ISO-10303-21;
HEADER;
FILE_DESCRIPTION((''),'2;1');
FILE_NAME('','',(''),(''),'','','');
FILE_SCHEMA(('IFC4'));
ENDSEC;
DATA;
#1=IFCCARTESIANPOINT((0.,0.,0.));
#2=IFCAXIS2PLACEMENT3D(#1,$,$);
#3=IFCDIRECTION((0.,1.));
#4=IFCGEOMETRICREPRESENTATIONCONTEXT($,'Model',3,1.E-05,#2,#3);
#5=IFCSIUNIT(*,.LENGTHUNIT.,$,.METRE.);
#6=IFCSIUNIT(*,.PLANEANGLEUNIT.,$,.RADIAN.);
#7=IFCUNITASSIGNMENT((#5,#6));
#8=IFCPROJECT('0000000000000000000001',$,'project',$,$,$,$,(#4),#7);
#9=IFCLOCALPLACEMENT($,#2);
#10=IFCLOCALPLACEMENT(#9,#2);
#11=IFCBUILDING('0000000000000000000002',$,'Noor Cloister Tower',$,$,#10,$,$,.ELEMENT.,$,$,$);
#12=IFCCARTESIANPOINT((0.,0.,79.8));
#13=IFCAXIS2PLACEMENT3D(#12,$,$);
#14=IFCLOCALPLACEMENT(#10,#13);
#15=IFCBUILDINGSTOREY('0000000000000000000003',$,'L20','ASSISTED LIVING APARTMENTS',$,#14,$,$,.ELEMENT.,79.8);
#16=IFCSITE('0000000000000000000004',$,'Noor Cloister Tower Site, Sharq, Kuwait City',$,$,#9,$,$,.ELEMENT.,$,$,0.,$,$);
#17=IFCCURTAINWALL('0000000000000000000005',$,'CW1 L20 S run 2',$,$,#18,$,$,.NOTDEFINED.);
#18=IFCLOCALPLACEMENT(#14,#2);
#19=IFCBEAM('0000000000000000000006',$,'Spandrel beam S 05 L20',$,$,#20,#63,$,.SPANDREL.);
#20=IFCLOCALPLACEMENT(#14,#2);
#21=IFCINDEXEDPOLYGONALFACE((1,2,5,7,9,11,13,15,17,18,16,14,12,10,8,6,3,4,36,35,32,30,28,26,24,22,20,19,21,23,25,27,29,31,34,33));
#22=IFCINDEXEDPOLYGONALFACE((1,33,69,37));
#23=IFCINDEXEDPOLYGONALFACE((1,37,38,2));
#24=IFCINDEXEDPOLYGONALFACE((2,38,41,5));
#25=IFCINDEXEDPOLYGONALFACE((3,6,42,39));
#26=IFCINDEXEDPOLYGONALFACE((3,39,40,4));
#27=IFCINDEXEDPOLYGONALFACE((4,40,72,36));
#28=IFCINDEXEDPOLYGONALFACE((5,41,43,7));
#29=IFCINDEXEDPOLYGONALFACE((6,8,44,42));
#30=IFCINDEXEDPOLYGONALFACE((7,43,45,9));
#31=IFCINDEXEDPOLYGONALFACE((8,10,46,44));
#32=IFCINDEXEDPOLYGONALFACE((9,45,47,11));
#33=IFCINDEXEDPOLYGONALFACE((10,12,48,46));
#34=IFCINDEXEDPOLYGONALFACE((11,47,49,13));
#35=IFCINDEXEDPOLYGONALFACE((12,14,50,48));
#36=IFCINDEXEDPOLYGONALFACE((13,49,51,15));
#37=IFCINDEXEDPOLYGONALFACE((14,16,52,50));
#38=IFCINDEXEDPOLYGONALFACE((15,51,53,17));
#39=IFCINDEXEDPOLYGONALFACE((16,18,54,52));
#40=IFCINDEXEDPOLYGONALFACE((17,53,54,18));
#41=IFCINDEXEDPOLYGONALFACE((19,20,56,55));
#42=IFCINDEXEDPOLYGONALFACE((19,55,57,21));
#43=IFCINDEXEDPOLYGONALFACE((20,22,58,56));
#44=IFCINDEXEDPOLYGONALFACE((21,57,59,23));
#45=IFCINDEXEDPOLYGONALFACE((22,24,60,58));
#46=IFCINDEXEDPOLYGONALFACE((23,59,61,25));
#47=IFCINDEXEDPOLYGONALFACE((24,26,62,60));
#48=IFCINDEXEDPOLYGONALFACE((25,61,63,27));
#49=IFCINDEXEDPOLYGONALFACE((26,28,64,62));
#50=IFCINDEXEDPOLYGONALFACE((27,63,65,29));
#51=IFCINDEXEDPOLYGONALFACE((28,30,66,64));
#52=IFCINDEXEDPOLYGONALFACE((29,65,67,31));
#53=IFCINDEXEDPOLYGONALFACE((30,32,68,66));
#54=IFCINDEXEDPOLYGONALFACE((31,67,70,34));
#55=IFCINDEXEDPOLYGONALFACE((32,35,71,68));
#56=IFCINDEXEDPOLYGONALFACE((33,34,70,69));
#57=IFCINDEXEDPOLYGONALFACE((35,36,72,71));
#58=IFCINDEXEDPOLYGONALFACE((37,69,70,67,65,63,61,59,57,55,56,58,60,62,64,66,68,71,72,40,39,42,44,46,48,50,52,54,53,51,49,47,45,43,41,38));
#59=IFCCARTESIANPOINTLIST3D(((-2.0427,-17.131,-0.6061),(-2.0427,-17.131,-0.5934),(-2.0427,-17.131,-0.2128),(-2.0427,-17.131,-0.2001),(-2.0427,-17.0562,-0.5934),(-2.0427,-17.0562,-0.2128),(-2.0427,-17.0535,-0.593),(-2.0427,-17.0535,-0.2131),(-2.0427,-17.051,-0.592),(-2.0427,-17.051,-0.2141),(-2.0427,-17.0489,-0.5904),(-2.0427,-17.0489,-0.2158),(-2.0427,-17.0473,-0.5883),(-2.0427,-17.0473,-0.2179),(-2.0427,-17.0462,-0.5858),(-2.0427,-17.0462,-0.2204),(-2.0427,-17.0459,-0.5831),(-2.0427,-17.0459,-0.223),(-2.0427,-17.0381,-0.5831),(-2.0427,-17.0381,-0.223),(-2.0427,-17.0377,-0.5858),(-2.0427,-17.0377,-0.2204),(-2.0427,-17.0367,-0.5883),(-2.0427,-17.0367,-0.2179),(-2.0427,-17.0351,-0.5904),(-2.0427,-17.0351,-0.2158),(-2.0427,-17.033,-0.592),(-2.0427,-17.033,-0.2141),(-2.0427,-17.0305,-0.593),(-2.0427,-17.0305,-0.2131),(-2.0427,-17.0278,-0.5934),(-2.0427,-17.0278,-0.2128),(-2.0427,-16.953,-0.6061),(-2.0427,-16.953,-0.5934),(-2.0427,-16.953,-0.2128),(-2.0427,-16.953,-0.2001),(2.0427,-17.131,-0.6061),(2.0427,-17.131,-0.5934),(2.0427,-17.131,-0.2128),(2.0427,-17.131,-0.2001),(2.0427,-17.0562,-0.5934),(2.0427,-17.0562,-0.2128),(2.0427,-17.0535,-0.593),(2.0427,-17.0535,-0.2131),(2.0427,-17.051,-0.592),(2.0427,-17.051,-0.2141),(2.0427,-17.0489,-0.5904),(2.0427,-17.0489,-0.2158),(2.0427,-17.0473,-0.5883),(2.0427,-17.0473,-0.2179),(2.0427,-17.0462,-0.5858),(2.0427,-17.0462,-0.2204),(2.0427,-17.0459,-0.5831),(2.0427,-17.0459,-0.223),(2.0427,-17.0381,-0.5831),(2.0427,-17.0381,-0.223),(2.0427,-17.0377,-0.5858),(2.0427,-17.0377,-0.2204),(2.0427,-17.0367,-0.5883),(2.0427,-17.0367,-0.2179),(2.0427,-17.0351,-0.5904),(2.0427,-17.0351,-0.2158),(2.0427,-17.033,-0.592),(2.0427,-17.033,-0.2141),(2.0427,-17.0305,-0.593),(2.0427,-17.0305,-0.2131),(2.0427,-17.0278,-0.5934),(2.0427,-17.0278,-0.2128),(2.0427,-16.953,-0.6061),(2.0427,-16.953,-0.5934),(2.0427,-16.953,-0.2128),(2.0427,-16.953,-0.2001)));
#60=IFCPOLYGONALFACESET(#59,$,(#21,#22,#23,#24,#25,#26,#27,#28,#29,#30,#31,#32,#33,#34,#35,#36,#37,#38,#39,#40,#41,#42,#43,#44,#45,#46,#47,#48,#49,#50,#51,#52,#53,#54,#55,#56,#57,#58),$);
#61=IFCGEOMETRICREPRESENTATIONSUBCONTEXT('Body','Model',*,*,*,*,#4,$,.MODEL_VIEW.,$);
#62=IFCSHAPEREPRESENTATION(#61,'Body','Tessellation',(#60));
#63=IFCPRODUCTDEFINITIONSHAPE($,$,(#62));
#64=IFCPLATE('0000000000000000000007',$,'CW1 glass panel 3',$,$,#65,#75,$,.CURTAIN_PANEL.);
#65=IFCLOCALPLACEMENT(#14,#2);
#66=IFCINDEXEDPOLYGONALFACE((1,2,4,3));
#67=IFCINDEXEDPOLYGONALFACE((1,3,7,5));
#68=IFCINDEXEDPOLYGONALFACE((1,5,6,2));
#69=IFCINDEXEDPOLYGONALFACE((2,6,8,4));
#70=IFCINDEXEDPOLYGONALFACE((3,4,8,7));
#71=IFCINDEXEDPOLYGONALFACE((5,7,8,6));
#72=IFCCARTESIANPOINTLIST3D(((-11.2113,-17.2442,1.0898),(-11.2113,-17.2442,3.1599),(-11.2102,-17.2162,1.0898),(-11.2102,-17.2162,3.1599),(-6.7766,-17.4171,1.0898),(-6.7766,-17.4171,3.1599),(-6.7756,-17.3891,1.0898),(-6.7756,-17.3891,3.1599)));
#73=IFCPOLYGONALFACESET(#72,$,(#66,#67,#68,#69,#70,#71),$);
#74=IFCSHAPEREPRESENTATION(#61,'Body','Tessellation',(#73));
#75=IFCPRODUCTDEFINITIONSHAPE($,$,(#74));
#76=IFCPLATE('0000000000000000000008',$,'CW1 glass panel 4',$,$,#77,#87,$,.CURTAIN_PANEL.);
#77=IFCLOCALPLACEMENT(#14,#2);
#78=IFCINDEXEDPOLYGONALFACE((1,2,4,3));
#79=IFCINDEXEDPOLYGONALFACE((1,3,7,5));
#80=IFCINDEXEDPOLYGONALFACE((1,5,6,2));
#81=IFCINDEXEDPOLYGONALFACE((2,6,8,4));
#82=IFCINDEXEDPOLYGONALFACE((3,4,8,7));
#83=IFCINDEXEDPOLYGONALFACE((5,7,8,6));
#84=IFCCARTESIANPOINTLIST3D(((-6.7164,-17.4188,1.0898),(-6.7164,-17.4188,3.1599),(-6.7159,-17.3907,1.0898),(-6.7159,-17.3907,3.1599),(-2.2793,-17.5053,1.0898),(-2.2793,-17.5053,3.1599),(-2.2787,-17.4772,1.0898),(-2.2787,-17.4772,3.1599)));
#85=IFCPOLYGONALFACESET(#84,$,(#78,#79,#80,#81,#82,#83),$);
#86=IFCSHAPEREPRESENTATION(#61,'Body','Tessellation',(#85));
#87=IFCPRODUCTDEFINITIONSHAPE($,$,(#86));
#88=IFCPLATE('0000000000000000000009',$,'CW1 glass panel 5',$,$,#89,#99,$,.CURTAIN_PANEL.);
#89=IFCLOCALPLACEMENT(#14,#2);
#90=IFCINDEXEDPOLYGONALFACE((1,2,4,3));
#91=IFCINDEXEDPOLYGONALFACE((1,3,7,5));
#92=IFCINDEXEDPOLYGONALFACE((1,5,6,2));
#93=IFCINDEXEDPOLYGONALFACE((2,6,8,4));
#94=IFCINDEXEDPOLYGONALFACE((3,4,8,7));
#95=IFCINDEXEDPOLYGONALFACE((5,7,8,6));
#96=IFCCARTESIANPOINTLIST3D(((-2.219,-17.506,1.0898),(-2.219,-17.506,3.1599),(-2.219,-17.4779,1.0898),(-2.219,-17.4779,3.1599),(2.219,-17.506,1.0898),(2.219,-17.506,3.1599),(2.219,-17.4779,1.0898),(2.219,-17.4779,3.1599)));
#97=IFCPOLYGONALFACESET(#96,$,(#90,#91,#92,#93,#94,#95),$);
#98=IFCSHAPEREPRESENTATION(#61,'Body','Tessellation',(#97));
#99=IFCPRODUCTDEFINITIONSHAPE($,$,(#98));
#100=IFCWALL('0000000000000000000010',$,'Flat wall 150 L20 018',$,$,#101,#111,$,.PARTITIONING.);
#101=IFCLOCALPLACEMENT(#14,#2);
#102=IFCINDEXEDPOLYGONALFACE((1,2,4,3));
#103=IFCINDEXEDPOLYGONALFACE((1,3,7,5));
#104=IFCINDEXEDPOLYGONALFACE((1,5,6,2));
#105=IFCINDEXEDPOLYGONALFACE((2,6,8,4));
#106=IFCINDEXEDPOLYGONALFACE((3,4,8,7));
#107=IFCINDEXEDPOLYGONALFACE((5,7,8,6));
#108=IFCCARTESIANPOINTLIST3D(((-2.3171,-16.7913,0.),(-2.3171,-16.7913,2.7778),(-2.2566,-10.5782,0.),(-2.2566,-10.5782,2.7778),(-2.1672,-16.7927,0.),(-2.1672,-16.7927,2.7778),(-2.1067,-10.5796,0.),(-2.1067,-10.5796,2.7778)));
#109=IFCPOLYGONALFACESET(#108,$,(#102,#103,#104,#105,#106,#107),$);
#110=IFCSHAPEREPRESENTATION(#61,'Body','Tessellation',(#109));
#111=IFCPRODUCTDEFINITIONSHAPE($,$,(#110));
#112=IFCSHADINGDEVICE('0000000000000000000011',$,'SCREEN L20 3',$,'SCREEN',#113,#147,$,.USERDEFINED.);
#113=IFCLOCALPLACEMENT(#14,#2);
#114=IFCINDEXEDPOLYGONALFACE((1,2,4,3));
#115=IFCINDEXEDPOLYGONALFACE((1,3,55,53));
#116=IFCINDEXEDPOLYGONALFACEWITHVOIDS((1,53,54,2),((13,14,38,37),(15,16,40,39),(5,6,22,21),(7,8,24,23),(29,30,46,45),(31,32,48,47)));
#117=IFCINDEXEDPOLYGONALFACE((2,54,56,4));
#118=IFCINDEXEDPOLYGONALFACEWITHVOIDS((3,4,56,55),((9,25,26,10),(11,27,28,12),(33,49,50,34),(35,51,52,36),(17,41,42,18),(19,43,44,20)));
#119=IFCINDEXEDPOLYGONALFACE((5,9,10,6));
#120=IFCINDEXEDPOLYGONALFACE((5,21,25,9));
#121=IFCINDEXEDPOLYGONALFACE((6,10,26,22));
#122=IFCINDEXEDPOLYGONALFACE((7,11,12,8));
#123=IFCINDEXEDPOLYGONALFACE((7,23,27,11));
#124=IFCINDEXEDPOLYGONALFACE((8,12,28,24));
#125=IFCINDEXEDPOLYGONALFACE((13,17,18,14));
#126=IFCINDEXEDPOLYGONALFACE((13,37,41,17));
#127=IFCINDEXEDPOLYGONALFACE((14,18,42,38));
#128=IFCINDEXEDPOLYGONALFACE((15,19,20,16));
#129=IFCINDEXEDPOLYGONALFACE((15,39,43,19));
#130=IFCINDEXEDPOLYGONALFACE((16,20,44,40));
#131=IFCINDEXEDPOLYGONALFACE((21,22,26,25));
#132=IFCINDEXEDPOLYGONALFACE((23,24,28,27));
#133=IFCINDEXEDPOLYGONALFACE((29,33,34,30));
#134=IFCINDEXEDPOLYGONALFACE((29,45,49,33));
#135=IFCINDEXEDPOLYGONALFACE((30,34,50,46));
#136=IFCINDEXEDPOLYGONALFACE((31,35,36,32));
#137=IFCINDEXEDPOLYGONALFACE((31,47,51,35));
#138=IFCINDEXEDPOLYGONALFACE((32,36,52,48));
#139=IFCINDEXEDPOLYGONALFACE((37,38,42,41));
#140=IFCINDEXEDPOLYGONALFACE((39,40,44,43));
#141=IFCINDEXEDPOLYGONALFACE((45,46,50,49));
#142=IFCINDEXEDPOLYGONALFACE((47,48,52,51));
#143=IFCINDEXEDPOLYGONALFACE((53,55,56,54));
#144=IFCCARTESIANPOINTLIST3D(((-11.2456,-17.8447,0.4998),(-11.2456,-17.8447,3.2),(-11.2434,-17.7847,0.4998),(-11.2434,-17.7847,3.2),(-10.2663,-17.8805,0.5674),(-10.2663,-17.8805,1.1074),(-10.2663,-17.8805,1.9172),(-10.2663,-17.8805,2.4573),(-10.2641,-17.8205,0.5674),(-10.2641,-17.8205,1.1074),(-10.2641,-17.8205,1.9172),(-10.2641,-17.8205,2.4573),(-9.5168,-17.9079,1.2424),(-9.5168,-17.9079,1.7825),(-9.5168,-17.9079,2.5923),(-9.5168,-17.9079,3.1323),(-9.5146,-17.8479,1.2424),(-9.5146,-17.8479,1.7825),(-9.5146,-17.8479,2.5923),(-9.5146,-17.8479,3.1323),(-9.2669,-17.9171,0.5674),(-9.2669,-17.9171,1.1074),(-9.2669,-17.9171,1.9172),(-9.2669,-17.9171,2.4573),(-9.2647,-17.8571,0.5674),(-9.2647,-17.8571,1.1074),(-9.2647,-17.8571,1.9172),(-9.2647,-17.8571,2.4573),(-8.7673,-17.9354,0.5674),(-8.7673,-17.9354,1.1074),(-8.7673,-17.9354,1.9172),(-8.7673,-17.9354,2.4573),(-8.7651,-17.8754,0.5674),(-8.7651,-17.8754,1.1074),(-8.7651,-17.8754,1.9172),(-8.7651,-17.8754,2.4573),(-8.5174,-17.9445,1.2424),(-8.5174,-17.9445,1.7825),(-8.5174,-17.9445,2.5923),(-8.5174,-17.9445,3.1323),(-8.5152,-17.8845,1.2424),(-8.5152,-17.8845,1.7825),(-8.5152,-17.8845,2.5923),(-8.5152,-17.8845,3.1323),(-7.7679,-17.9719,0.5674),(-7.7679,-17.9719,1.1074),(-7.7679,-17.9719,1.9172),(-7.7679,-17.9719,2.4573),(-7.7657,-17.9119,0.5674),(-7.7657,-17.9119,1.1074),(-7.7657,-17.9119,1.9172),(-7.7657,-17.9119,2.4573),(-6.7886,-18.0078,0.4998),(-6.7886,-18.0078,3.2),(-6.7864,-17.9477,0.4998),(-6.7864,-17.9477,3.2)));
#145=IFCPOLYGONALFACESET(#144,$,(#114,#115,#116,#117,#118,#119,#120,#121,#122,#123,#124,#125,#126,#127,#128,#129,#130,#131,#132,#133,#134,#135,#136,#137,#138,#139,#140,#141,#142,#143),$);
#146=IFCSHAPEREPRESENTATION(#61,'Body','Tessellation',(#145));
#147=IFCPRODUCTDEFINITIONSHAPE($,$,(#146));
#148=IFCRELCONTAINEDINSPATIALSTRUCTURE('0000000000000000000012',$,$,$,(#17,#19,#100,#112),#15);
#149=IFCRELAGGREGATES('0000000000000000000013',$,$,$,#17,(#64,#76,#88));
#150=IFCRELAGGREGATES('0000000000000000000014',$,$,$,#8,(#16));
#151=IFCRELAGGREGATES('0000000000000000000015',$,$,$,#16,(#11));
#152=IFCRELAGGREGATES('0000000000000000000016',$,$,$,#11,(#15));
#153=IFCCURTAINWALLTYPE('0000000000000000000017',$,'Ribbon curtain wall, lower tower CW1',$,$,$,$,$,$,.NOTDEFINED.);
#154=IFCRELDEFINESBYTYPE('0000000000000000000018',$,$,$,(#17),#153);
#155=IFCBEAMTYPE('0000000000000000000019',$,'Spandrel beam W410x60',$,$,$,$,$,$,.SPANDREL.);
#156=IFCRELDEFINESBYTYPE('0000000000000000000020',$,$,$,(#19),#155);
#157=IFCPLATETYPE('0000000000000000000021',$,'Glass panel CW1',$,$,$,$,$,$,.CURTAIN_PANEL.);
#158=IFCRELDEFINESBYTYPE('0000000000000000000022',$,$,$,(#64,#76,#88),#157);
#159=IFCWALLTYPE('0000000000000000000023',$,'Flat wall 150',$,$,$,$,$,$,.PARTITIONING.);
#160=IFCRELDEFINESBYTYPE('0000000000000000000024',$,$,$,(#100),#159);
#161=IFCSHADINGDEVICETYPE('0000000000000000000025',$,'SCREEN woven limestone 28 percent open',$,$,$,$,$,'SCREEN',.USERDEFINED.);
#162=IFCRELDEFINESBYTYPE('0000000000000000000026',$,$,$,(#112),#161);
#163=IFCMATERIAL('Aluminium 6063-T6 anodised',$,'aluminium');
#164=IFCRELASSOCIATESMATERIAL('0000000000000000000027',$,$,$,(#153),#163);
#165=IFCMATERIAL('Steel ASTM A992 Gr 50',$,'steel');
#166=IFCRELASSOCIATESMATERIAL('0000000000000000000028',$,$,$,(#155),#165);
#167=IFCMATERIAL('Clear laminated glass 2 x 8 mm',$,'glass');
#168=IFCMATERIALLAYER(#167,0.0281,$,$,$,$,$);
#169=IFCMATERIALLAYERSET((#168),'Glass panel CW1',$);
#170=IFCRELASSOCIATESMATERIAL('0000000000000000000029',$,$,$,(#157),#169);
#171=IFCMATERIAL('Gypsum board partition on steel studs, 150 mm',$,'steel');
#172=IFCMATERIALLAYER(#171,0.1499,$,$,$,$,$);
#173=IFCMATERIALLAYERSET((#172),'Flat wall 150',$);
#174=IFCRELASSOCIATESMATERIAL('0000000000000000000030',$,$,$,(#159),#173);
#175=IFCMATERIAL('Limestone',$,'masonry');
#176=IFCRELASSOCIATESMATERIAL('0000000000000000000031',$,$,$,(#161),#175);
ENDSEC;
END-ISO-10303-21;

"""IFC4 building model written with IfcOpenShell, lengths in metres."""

from ifc_helpers import new_model, si_unit, direction, frame, frame_2d, origin, origin_2d, place, context, subcontext, project, spatial, polyline, rectangle, i_section, outline, extrude, material, layer, layer_set, material_profile, profile_set, type_object, element, aggregate, save


model = new_model("IFC4")

# Units and contexts
model_context = context("Model", 3, precision=1e-05, world=origin(), true_north=direction((0.0, 1.0)))
body_context = subcontext(model_context, "Body", "Model", "MODEL_VIEW")
ifc_project = project(units=[si_unit("LENGTHUNIT", "METRE"), si_unit("PLANEANGLEUNIT", "RADIAN")], contexts=[model_context])

# Site, building, storey
site_placement = place(None, origin())
site = spatial("IfcSite", under=ifc_project, at=site_placement, Name="Noor Cloister Tower Site, Sharq, Kuwait City", CompositionType="ELEMENT", RefElevation=0.0)
building_placement = place(site_placement, origin())
building = spatial("IfcBuilding", under=site, at=building_placement, Name="Noor Cloister Tower", CompositionType="ELEMENT")
storey_placement = place(building_placement, frame((0.0, 0.0, 79.8)))
storey = spatial("IfcBuildingStorey", under=building, at=storey_placement, Name="L20", Description="ASSISTED LIVING APARTMENTS", CompositionType="ELEMENT", Elevation=79.8)

# Curtain wall
ifc_material_1 = material(Name="Aluminium 6063-T6 anodised", Category="aluminium")
curtain_wall_type = type_object("IfcCurtainWallType", Name="Ribbon curtain wall, lower tower CW1", PredefinedType="NOTDEFINED", material=ifc_material_1)
curtain_wall_placement = place(storey_placement, origin())
curtain_wall = element("IfcCurtainWall", 1, at=curtain_wall_placement, inside=storey, type_object=curtain_wall_type, Name="CW1 L20 S run 2", PredefinedType="NOTDEFINED")

# Beam
ifc_material_2 = material(Name="Steel ASTM A992 Gr 50", Category="steel")
ifc_material_profile_1 = material_profile(ifc_material_2, i_section(OverallWidth=0.178, OverallDepth=0.406, WebThickness=0.0078, FlangeThickness=0.0127, FilletRadius=0.0103, at=origin_2d()), Name="W410x60")
ifc_profile_set_1 = profile_set([ifc_material_profile_1], Name="Steel ASTM A992 Gr 50")
beam_type_1 = type_object("IfcBeamType", Name="Spandrel beam W410x60", PredefinedType="SPANDREL", material=ifc_profile_set_1)
beam_1_placement = place(storey_placement, frame((-2.0427, -17.042, -0.4031), z_axis=(1.0, 0.0, 0.0), x_axis=(0.0, 1.0, 0.0)))
element("IfcBeam", 2, at=beam_1_placement, inside=storey, type_object=beam_type_1, Name="Spandrel beam S 05 L20", PredefinedType="SPANDREL", context=body_context, shape_type="SweptSolid", body=[
    extrude(i_section(OverallWidth=0.178, OverallDepth=0.406, WebThickness=0.0078, FlangeThickness=0.0127, FilletRadius=0.0103, at=origin_2d()), origin(), (0.0, 0.0, 1.0), 4.0854),
])

# Plates
ifc_material_3 = material(Name="Clear laminated glass 2 x 8 mm", Category="glass")
ifc_layer_1 = layer(ifc_material_3, 0.0281)
ifc_layer_set_1 = layer_set([ifc_layer_1], Name="Glass panel CW1")
plate_type = type_object("IfcPlateType", Name="Glass panel CW1", PredefinedType="CURTAIN_PANEL", material=ifc_layer_set_1)
plate_1_placement = place(storey_placement, frame((-8.9934, -17.3167, 1.0898), z_axis=(0.0, 0.0, 1.0), x_axis=(0.999241, -0.03895, 0.0)))
plate_1 = element("IfcPlate", 3, at=plate_1_placement, type_object=plate_type, Name="CW1 glass panel 3", PredefinedType="CURTAIN_PANEL", context=body_context, shape_type="SweptSolid", body=[
    extrude(rectangle(XDim=4.438, YDim=0.0281, at=origin_2d()), origin(), (0.0, 0.0, 1.0), 2.0701),
])
plate_2_placement = place(storey_placement, frame((-4.4976, -17.448, 1.0898), z_axis=(0.0, 0.0, 1.0), x_axis=(0.99981, -0.019479, 0.0)))
plate_2 = element("IfcPlate", 4, at=plate_2_placement, type_object=plate_type, Name="CW1 glass panel 4", PredefinedType="CURTAIN_PANEL", context=body_context, shape_type="SweptSolid", body=[
    extrude(rectangle(XDim=4.438, YDim=0.0281, at=origin_2d()), origin(), (0.0, 0.0, 1.0), 2.0701),
])
plate_3_placement = place(storey_placement, frame((0.0, -17.4919, 1.0898), z_axis=(0.0, 0.0, 1.0), x_axis=(1.0, 0.0, 0.0)))
plate_3 = element("IfcPlate", 5, at=plate_3_placement, type_object=plate_type, Name="CW1 glass panel 5", PredefinedType="CURTAIN_PANEL", context=body_context, shape_type="SweptSolid", body=[
    extrude(rectangle(XDim=4.438, YDim=0.0281, at=origin_2d()), origin(), (0.0, 0.0, 1.0), 2.0701),
])
aggregate(curtain_wall, [plate_1, plate_2, plate_3])

# Wall
ifc_material_4 = material(Name="Gypsum board partition on steel studs, 150 mm", Category="steel")
ifc_layer_2 = layer(ifc_material_4, 0.1499)
ifc_layer_set_2 = layer_set([ifc_layer_2], Name="Flat wall 150")
wall_type = type_object("IfcWallType", Name="Flat wall 150", PredefinedType="PARTITIONING", material=ifc_layer_set_2)
wall_placement = place(storey_placement, frame((-2.2422, -16.792, 0.0), z_axis=(0.0, 0.0, 1.0), x_axis=(0.009745, 0.999953, 0.0)))
element("IfcWall", 6, at=wall_placement, inside=storey, type_object=wall_type, Name="Flat wall 150 L20 018", PredefinedType="PARTITIONING", context=body_context, shape_type="SweptSolid", body=[
    extrude(rectangle(XDim=6.2134, YDim=0.1499, at=frame_2d((3.1067, 0.0))), origin(), (0.0, 0.0, 1.0), 2.7778),
])

# Shading device
ifc_material_5 = material(Name="Limestone", Category="masonry")
ifc_material_profile_2 = material_profile(ifc_material_5, outline(polyline([(-2.23, -1.3501), (2.23, -1.3501), (2.23, 1.3501), (-2.23, 1.3501), (-2.23, -1.3501)]), holes=[polyline([(-1.25, -1.2825), (-0.25, -1.2825), (-0.25, -0.7424), (-1.25, -0.7424), (-1.25, -1.2825)]), polyline([(0.25, -1.2825), (1.25, -1.2825), (1.25, -0.7424), (0.25, -0.7424), (0.25, -1.2825)]), polyline([(-0.5, -0.6074), (0.5, -0.6074), (0.5, -0.0674), (-0.5, -0.0674), (-0.5, -0.6074)]), polyline([(-1.25, 0.0674), (-0.25, 0.0674), (-0.25, 0.6074), (-1.25, 0.6074), (-1.25, 0.0674)]), polyline([(0.25, 0.0674), (1.25, 0.0674), (1.25, 0.6074), (0.25, 0.6074), (0.25, 0.0674)]), polyline([(-0.5, 0.7424), (0.5, 0.7424), (0.5, 1.2825), (-0.5, 1.2825), (-0.5, 0.7424)])]), Name="Woven screen 28 percent open")
ifc_profile_set_2 = profile_set([ifc_material_profile_2], Name="Limestone")
shading_device_type = type_object("IfcShadingDeviceType", Name="SCREEN woven limestone 28 percent open", ElementType="SCREEN", PredefinedType="USERDEFINED", material=ifc_profile_set_2)
shading_device_placement = place(storey_placement, frame((-9.0149, -17.8662, 1.8499), z_axis=(-0.036561, -0.999331, 0.0), x_axis=(0.999331, -0.036561, 0.0)))
element("IfcShadingDevice", 7, at=shading_device_placement, inside=storey, type_object=shading_device_type, Name="SCREEN L20 3", ObjectType="SCREEN", PredefinedType="USERDEFINED", context=body_context, shape_type="SweptSolid", body=[
    extrude(outline(polyline([(-2.23, -1.3501), (2.23, -1.3501), (2.23, 1.3501), (-2.23, 1.3501), (-2.23, -1.3501)]), holes=[polyline([(-1.25, -1.2825), (-0.25, -1.2825), (-0.25, -0.7424), (-1.25, -0.7424), (-1.25, -1.2825)]), polyline([(0.25, -1.2825), (1.25, -1.2825), (1.25, -0.7424), (0.25, -0.7424), (0.25, -1.2825)]), polyline([(-0.5, -0.6074), (0.5, -0.6074), (0.5, -0.0674), (-0.5, -0.0674), (-0.5, -0.6074)]), polyline([(-1.25, 0.0674), (-0.25, 0.0674), (-0.25, 0.6074), (-1.25, 0.6074), (-1.25, 0.0674)]), polyline([(0.25, 0.0674), (1.25, 0.0674), (1.25, 0.6074), (0.25, 0.6074), (0.25, 0.0674)]), polyline([(-0.5, 0.7424), (0.5, 0.7424), (0.5, 1.2825), (-0.5, 1.2825), (-0.5, 0.7424)])]), origin(), (0.0, 0.0, 1.0), 0.0601),
])

save(model, "model.ifc")
